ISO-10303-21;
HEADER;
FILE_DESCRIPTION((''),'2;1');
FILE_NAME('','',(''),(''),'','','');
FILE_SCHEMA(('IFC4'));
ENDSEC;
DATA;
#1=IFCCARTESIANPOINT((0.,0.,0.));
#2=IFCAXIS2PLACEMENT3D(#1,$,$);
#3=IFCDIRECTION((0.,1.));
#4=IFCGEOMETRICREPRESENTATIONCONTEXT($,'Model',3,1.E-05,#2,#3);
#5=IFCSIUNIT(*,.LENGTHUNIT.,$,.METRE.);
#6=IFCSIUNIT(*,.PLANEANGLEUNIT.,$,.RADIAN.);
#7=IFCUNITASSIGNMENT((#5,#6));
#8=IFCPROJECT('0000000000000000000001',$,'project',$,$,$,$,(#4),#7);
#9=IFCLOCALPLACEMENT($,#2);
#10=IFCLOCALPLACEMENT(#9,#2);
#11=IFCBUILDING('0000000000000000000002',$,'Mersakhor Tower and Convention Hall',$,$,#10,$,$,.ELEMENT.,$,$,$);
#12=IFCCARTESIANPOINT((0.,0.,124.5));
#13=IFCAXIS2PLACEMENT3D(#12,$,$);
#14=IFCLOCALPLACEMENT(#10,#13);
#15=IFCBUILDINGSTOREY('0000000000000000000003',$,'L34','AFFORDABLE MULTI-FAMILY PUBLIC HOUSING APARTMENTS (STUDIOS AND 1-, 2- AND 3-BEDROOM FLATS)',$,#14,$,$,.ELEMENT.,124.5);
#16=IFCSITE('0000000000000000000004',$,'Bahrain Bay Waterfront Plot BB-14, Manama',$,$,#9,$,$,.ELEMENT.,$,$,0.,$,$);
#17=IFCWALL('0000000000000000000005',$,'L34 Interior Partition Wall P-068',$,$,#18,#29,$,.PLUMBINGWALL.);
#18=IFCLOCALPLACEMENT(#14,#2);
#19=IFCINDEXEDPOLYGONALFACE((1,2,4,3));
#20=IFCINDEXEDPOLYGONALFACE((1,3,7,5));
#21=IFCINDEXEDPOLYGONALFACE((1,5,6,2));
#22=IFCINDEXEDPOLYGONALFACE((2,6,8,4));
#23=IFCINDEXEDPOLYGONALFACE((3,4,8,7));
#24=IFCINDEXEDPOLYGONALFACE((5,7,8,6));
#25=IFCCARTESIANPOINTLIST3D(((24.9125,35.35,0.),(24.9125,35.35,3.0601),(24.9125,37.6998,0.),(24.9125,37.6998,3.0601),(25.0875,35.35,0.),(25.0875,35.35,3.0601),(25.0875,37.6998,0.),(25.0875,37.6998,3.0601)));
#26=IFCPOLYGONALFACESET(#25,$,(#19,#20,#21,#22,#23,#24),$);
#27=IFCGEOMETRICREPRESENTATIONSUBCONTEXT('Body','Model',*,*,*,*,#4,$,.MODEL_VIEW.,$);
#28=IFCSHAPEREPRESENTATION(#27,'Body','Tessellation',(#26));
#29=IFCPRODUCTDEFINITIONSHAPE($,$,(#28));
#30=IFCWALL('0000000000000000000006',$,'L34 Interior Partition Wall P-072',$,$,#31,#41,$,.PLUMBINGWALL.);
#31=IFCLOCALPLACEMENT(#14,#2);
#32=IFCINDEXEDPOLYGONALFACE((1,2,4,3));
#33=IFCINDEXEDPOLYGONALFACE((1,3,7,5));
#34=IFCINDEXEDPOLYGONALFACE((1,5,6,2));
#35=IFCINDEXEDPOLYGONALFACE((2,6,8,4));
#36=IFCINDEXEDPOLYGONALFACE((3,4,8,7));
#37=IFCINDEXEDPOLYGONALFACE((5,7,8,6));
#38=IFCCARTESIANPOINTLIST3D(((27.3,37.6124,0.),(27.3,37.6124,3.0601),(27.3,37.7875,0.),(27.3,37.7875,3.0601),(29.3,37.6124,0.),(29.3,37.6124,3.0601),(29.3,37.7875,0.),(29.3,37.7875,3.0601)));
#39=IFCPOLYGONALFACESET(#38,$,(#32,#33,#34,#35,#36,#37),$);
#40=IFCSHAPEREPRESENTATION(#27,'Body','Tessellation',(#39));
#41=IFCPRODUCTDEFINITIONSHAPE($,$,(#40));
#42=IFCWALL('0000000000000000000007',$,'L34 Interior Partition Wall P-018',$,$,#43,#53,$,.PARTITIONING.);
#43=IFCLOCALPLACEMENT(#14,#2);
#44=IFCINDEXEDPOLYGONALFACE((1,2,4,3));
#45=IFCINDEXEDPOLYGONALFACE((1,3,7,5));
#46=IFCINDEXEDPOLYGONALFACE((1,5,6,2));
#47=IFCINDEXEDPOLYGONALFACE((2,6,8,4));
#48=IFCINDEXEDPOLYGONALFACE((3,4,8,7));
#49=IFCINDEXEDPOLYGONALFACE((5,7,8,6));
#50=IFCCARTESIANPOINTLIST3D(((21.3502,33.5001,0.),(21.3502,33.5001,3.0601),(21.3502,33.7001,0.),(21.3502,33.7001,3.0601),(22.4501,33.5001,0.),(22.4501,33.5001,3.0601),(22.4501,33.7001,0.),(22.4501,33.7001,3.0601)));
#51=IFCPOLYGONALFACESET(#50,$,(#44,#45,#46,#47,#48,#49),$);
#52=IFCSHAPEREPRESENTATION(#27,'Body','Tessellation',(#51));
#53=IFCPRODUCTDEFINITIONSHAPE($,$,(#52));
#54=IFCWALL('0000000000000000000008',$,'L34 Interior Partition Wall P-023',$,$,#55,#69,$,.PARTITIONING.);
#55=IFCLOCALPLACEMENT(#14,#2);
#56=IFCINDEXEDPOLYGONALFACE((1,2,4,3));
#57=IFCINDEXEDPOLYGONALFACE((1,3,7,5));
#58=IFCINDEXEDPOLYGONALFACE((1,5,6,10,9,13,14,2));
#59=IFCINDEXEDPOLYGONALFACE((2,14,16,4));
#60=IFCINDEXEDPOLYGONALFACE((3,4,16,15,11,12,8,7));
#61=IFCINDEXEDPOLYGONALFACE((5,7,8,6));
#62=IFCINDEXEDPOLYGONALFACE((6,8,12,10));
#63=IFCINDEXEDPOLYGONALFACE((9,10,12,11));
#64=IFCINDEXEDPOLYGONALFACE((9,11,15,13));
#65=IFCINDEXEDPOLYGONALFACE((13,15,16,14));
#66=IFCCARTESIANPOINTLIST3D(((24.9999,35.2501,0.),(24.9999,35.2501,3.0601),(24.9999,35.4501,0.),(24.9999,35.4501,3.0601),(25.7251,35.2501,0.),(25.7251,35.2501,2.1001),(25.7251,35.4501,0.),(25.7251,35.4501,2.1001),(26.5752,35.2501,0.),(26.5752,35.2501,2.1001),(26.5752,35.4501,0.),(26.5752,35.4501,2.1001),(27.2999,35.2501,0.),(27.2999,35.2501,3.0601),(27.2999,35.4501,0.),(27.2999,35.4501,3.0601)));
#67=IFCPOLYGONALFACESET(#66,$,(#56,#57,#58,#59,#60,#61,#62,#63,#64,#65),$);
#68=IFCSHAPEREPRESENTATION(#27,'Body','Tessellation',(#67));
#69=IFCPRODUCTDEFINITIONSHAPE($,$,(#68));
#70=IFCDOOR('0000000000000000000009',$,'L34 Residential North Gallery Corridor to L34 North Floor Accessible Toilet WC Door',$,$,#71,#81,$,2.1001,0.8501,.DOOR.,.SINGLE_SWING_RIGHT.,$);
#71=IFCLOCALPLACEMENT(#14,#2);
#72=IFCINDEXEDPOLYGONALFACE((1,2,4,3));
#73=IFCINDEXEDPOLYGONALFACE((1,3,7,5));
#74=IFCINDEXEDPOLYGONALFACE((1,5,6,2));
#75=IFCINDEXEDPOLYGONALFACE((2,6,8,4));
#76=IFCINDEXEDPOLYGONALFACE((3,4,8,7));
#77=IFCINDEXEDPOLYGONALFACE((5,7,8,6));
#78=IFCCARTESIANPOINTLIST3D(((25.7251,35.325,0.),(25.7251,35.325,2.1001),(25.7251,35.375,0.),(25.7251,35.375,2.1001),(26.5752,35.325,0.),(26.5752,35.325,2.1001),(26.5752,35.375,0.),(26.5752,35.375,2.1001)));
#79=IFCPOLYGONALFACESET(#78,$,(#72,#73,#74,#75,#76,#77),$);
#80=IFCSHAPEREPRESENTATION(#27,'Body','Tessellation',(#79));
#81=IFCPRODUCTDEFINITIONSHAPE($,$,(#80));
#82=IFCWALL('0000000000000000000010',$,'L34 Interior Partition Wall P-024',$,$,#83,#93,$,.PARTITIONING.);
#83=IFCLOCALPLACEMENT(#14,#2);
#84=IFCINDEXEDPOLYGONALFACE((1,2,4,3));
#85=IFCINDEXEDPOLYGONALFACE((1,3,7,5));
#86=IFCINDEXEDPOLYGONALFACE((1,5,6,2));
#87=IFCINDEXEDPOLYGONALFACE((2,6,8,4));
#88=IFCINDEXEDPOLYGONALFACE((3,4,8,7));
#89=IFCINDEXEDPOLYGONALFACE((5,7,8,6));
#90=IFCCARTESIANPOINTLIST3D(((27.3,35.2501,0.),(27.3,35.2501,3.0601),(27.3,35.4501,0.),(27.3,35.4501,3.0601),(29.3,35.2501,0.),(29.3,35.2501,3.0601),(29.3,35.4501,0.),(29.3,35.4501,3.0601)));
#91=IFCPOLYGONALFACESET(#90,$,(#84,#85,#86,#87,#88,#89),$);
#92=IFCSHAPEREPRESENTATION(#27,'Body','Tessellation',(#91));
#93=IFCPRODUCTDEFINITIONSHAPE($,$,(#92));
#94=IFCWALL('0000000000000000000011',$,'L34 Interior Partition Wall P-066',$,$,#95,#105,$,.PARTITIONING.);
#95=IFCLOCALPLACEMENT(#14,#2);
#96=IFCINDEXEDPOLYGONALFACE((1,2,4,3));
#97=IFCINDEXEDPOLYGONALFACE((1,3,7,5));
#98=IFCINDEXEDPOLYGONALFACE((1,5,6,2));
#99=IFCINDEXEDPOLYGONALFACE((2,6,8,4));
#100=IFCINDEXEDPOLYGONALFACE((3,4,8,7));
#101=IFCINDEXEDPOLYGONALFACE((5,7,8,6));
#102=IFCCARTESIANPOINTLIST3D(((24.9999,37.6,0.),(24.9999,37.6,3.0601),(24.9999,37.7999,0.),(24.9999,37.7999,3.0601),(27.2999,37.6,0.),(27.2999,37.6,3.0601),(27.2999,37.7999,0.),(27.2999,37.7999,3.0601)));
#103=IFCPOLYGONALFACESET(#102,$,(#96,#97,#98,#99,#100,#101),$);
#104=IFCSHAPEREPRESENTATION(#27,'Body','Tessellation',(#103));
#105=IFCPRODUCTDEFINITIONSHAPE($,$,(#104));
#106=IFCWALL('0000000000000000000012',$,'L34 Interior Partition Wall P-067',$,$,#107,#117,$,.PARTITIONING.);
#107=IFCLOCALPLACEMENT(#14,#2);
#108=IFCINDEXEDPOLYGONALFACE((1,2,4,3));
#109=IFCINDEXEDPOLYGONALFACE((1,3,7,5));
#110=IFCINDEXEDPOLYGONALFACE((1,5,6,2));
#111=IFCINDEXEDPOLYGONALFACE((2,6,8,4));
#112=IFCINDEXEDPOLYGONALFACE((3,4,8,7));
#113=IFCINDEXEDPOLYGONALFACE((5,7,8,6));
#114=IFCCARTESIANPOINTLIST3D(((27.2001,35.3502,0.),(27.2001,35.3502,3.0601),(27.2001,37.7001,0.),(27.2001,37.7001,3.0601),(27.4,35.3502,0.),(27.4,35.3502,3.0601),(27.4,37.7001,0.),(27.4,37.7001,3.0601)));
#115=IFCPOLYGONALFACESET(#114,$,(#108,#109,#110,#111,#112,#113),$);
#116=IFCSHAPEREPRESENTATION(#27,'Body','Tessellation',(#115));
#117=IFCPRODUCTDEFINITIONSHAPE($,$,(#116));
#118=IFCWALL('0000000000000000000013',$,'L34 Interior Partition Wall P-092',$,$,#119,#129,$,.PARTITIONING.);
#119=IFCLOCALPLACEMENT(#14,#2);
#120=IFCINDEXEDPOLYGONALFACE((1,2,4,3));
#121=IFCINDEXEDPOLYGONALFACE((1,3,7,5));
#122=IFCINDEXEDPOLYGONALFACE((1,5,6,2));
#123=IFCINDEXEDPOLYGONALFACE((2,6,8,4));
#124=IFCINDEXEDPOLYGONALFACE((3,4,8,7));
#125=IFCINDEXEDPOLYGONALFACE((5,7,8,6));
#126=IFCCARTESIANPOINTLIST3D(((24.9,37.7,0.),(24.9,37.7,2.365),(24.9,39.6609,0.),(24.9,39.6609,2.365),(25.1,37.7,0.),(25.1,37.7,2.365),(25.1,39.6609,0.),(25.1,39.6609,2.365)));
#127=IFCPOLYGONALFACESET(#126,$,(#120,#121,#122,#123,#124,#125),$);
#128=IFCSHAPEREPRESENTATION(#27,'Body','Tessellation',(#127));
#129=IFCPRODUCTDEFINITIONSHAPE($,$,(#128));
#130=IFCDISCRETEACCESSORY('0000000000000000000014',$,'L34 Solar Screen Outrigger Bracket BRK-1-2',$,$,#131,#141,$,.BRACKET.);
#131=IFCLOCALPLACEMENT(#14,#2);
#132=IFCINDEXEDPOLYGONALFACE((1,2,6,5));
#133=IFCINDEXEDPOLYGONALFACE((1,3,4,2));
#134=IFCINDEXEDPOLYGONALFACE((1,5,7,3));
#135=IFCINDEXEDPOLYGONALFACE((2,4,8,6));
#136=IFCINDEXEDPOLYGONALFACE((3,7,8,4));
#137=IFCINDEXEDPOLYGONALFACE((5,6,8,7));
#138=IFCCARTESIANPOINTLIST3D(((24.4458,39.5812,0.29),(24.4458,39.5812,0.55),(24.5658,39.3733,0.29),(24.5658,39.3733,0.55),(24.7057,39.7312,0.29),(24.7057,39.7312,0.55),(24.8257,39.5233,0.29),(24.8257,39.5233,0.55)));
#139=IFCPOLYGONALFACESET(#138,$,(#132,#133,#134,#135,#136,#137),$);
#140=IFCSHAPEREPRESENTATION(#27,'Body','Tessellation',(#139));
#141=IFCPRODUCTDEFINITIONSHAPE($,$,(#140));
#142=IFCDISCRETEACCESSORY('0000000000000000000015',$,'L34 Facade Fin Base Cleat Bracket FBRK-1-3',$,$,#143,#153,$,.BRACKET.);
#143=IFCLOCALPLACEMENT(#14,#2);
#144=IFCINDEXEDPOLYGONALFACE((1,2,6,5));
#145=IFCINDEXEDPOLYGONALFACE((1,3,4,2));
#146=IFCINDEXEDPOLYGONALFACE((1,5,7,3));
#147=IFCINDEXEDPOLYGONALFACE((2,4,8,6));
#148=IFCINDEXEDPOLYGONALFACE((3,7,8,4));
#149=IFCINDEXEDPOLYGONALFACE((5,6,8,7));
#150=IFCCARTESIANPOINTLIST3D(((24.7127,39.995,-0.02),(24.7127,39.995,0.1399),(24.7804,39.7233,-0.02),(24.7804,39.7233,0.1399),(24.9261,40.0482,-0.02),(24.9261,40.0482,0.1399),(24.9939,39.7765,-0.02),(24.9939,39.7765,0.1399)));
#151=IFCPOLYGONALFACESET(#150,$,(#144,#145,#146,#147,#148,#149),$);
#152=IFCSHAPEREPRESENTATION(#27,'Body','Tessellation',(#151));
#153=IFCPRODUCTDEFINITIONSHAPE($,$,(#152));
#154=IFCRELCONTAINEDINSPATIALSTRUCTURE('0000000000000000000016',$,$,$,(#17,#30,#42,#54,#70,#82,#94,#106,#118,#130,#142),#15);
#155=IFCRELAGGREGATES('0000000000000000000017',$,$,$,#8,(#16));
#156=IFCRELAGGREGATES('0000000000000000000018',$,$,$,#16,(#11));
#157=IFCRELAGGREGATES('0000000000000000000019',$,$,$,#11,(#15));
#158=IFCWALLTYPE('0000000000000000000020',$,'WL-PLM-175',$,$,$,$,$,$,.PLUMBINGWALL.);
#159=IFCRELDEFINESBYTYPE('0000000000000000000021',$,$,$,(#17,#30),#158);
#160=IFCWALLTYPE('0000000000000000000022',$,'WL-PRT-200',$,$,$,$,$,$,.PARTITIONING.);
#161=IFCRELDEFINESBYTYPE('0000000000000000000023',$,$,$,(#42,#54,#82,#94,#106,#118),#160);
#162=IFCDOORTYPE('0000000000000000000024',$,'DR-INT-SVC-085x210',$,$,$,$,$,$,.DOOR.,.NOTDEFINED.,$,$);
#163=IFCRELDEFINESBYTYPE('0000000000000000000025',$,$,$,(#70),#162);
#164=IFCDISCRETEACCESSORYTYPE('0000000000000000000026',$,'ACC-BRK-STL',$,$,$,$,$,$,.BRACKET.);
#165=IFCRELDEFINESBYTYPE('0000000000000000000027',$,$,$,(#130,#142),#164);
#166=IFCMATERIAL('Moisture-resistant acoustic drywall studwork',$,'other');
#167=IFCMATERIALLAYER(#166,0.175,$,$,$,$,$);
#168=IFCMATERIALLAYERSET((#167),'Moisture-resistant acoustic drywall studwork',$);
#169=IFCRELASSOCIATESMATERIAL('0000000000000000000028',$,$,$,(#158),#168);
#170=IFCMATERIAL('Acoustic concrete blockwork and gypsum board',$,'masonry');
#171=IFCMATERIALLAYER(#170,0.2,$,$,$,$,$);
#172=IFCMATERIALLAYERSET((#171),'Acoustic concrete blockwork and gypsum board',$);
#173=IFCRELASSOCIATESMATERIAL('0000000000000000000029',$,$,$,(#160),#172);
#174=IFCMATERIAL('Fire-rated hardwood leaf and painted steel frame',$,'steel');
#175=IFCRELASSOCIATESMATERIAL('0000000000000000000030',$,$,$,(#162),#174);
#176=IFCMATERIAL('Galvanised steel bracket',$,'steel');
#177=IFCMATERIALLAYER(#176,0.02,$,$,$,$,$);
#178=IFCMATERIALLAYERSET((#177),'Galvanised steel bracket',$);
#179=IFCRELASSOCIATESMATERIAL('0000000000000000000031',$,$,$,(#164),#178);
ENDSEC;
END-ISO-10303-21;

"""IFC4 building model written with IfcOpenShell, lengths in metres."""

from ifc_helpers import new_model, si_unit, direction, frame, frame_2d, origin, origin_2d, place, context, subcontext, project, spatial, rectangle, extrude, material, layer, layer_set, type_object, element, fill, save


model = new_model("IFC4")

# Units and contexts
model_context = context("Model", 3, precision=1e-05, world=origin(), true_north=direction((0.0, 1.0)))
body_context = subcontext(model_context, "Body", "Model", "MODEL_VIEW")
ifc_project = project(units=[si_unit("LENGTHUNIT", "METRE"), si_unit("PLANEANGLEUNIT", "RADIAN")], contexts=[model_context])

# Site, building, storey
site_placement = place(None, origin())
site = spatial("IfcSite", under=ifc_project, at=site_placement, Name="Bahrain Bay Waterfront Plot BB-14, Manama", CompositionType="ELEMENT", RefElevation=0.0)
building_placement = place(site_placement, origin())
building = spatial("IfcBuilding", under=site, at=building_placement, Name="Mersakhor Tower and Convention Hall", CompositionType="ELEMENT")
storey_placement = place(building_placement, frame((0.0, 0.0, 124.5)))
storey = spatial("IfcBuildingStorey", under=building, at=storey_placement, Name="L34", Description="AFFORDABLE MULTI-FAMILY PUBLIC HOUSING APARTMENTS (STUDIOS AND 1-, 2- AND 3-BEDROOM FLATS)", CompositionType="ELEMENT", Elevation=124.5)

# Walls
ifc_material_1 = material(Name="Moisture-resistant acoustic drywall studwork", Category="other")
ifc_layer_1 = layer(ifc_material_1, 0.175)
ifc_layer_set_1 = layer_set([ifc_layer_1], Name="Moisture-resistant acoustic drywall studwork")
wall_type_1 = type_object("IfcWallType", Name="WL-PLM-175", PredefinedType="PLUMBINGWALL", material=ifc_layer_set_1)
wall_1_placement = place(storey_placement, frame((25.0, 35.3501, 0.0), z_axis=(0.0, 0.0, 1.0), x_axis=(0.0, 1.0, 0.0)))
element("IfcWall", 1, at=wall_1_placement, inside=storey, type_object=wall_type_1, Name="L34 Interior Partition Wall P-068", PredefinedType="PLUMBINGWALL", context=body_context, shape_type="SweptSolid", body=[
    extrude(rectangle(XDim=2.3499, YDim=0.175, at=frame_2d((1.1748, 0.0))), origin(), (0.0, 0.0, 1.0), 3.0601),
])
wall_2_placement = place(storey_placement, frame((27.3, 37.7, 0.0), z_axis=(0.0, 0.0, 1.0), x_axis=(1.0, 0.0, 0.0)))
element("IfcWall", 2, at=wall_2_placement, inside=storey, type_object=wall_type_1, Name="L34 Interior Partition Wall P-072", PredefinedType="PLUMBINGWALL", context=body_context, shape_type="SweptSolid", body=[
    extrude(rectangle(XDim=2.0, YDim=0.175, at=frame_2d((1.0, 0.0))), origin(), (0.0, 0.0, 1.0), 3.0601),
])
ifc_material_2 = material(Name="Acoustic concrete blockwork and gypsum board", Category="masonry")
ifc_layer_2 = layer(ifc_material_2, 0.2)
ifc_layer_set_2 = layer_set([ifc_layer_2], Name="Acoustic concrete blockwork and gypsum board")
wall_type_2 = type_object("IfcWallType", Name="WL-PRT-200", PredefinedType="PARTITIONING", material=ifc_layer_set_2)
wall_3_placement = place(storey_placement, frame((22.45, 33.6001, 0.0), z_axis=(0.0, 0.0, 1.0), x_axis=(-1.0, 0.0, 0.0)))
element("IfcWall", 3, at=wall_3_placement, inside=storey, type_object=wall_type_2, Name="L34 Interior Partition Wall P-018", PredefinedType="PARTITIONING", context=body_context, shape_type="SweptSolid", body=[
    extrude(rectangle(XDim=1.0999, YDim=0.2, at=frame_2d((0.5498, 0.0))), origin(), (0.0, 0.0, 1.0), 3.0601),
])

# Wall, opening, door
wall_4_placement = place(storey_placement, frame((25.0, 35.3501, 0.0), z_axis=(0.0, 0.0, 1.0), x_axis=(1.0, 0.0, 0.0)))
wall_4 = element("IfcWall", 4, at=wall_4_placement, inside=storey, type_object=wall_type_2, Name="L34 Interior Partition Wall P-023", PredefinedType="PARTITIONING", context=body_context, shape_type="SweptSolid", body=[
    extrude(rectangle(XDim=2.3, YDim=0.2, at=frame_2d((1.1499, 0.0))), origin(), (0.0, 0.0, 1.0), 3.0601),
])
opening_1_placement = place(wall_4_placement, frame((0.7251, 0.0, 0.0)))
opening_1 = element("IfcOpeningElement", 5, at=opening_1_placement, cuts=wall_4, PredefinedType="OPENING", context=body_context, shape_type="SweptSolid", body=[
    extrude(rectangle(XDim=0.8501, YDim=2.1001, at=frame_2d((0.425, 1.05))), frame((0.0, 0.1099, 0.0), z_axis=(0.0, -1.0, 0.0), x_axis=(1.0, 0.0, 0.0)), (0.0, 0.0, 1.0), 0.22),
])
ifc_material_3 = material(Name="Fire-rated hardwood leaf and painted steel frame", Category="steel")
door_type_1 = type_object("IfcDoorType", Name="DR-INT-SVC-085x210", OperationType="NOTDEFINED", PredefinedType="DOOR", material=ifc_material_3)
door_1_placement = place(opening_1_placement, origin())
door_1 = element("IfcDoor", 6, at=door_1_placement, inside=storey, type_object=door_type_1, Name="L34 Residential North Gallery Corridor to L34 North Floor Accessible Toilet WC Door", OperationType="SINGLE_SWING_RIGHT", OverallHeight=2.1001, OverallWidth=0.8501, PredefinedType="DOOR", context=body_context, shape_type="SweptSolid", body=[
    extrude(rectangle(XDim=0.8501, YDim=2.1001, at=frame_2d((0.425, 1.05))), frame((0.0, 0.0249, 0.0), z_axis=(0.0, -1.0, 0.0), x_axis=(1.0, 0.0, 0.0)), (0.0, 0.0, 1.0), 0.05),
])
fill(opening_1, door_1)

# Wall
wall_5_placement = place(storey_placement, frame((27.3, 35.3501, 0.0), z_axis=(0.0, 0.0, 1.0), x_axis=(1.0, 0.0, 0.0)))
element("IfcWall", 7, at=wall_5_placement, inside=storey, type_object=wall_type_2, Name="L34 Interior Partition Wall P-024", PredefinedType="PARTITIONING", context=body_context, shape_type="SweptSolid", body=[
    extrude(rectangle(XDim=2.0, YDim=0.2, at=frame_2d((1.0, 0.0))), origin(), (0.0, 0.0, 1.0), 3.0601),
])

# Walls
wall_6_placement = place(storey_placement, frame((25.0, 37.7, 0.0), z_axis=(0.0, 0.0, 1.0), x_axis=(1.0, 0.0, 0.0)))
element("IfcWall", 8, at=wall_6_placement, inside=storey, type_object=wall_type_2, Name="L34 Interior Partition Wall P-066", PredefinedType="PARTITIONING", context=body_context, shape_type="SweptSolid", body=[
    extrude(rectangle(XDim=2.3, YDim=0.2, at=frame_2d((1.1499, 0.0))), origin(), (0.0, 0.0, 1.0), 3.0601),
])
wall_7_placement = place(storey_placement, frame((27.3, 37.7, 0.0), z_axis=(0.0, 0.0, 1.0), x_axis=(0.0, -1.0, 0.0)))
element("IfcWall", 9, at=wall_7_placement, inside=storey, type_object=wall_type_2, Name="L34 Interior Partition Wall P-067", PredefinedType="PARTITIONING", context=body_context, shape_type="SweptSolid", body=[
    extrude(rectangle(XDim=2.3499, YDim=0.2, at=frame_2d((1.1748, 0.0))), origin(), (0.0, 0.0, 1.0), 3.0601),
])
wall_8_placement = place(storey_placement, frame((25.0, 39.6609, 0.0), z_axis=(0.0, 0.0, 1.0), x_axis=(0.0, -1.0, 0.0)))
element("IfcWall", 10, at=wall_8_placement, inside=storey, type_object=wall_type_2, Name="L34 Interior Partition Wall P-092", PredefinedType="PARTITIONING", context=body_context, shape_type="SweptSolid", body=[
    extrude(rectangle(XDim=1.9609, YDim=0.2, at=frame_2d((0.9805, 0.0))), origin(), (0.0, 0.0, 1.0), 2.365),
])

# Discrete accessories
ifc_material_4 = material(Name="Galvanised steel bracket", Category="steel")
ifc_layer_3 = layer(ifc_material_4, 0.02)
ifc_layer_set_3 = layer_set([ifc_layer_3], Name="Galvanised steel bracket")
discrete_accessory_type = type_object("IfcDiscreteAccessoryType", Name="ACC-BRK-STL", PredefinedType="BRACKET", material=ifc_layer_set_3)
discrete_accessory_1_placement = place(storey_placement, frame((24.6357, 39.5522, 0.29), z_axis=(0.0, 0.0, 1.0), x_axis=(0.866025, 0.5, 0.0)))
element("IfcDiscreteAccessory", 11, at=discrete_accessory_1_placement, inside=storey, type_object=discrete_accessory_type, Name="L34 Solar Screen Outrigger Bracket BRK-1-2", PredefinedType="BRACKET", context=body_context, shape_type="SweptSolid", body=[
    extrude(rectangle(XDim=0.3, YDim=0.24, at=origin_2d()), origin(), (0.0, 0.0, 1.0), 0.26),
])
discrete_accessory_2_placement = place(storey_placement, frame((24.8533, 39.8857, -0.02), z_axis=(0.0, 0.0, 1.0), x_axis=(-0.241922, 0.970296, 0.0)))
element("IfcDiscreteAccessory", 12, at=discrete_accessory_2_placement, inside=storey, type_object=discrete_accessory_type, Name="L34 Facade Fin Base Cleat Bracket FBRK-1-3", PredefinedType="BRACKET", context=body_context, shape_type="SweptSolid", body=[
    extrude(rectangle(XDim=0.28, YDim=0.22, at=origin_2d()), origin(), (0.0, 0.0, 1.0), 0.1599),
])

save(model, "model.ifc")
